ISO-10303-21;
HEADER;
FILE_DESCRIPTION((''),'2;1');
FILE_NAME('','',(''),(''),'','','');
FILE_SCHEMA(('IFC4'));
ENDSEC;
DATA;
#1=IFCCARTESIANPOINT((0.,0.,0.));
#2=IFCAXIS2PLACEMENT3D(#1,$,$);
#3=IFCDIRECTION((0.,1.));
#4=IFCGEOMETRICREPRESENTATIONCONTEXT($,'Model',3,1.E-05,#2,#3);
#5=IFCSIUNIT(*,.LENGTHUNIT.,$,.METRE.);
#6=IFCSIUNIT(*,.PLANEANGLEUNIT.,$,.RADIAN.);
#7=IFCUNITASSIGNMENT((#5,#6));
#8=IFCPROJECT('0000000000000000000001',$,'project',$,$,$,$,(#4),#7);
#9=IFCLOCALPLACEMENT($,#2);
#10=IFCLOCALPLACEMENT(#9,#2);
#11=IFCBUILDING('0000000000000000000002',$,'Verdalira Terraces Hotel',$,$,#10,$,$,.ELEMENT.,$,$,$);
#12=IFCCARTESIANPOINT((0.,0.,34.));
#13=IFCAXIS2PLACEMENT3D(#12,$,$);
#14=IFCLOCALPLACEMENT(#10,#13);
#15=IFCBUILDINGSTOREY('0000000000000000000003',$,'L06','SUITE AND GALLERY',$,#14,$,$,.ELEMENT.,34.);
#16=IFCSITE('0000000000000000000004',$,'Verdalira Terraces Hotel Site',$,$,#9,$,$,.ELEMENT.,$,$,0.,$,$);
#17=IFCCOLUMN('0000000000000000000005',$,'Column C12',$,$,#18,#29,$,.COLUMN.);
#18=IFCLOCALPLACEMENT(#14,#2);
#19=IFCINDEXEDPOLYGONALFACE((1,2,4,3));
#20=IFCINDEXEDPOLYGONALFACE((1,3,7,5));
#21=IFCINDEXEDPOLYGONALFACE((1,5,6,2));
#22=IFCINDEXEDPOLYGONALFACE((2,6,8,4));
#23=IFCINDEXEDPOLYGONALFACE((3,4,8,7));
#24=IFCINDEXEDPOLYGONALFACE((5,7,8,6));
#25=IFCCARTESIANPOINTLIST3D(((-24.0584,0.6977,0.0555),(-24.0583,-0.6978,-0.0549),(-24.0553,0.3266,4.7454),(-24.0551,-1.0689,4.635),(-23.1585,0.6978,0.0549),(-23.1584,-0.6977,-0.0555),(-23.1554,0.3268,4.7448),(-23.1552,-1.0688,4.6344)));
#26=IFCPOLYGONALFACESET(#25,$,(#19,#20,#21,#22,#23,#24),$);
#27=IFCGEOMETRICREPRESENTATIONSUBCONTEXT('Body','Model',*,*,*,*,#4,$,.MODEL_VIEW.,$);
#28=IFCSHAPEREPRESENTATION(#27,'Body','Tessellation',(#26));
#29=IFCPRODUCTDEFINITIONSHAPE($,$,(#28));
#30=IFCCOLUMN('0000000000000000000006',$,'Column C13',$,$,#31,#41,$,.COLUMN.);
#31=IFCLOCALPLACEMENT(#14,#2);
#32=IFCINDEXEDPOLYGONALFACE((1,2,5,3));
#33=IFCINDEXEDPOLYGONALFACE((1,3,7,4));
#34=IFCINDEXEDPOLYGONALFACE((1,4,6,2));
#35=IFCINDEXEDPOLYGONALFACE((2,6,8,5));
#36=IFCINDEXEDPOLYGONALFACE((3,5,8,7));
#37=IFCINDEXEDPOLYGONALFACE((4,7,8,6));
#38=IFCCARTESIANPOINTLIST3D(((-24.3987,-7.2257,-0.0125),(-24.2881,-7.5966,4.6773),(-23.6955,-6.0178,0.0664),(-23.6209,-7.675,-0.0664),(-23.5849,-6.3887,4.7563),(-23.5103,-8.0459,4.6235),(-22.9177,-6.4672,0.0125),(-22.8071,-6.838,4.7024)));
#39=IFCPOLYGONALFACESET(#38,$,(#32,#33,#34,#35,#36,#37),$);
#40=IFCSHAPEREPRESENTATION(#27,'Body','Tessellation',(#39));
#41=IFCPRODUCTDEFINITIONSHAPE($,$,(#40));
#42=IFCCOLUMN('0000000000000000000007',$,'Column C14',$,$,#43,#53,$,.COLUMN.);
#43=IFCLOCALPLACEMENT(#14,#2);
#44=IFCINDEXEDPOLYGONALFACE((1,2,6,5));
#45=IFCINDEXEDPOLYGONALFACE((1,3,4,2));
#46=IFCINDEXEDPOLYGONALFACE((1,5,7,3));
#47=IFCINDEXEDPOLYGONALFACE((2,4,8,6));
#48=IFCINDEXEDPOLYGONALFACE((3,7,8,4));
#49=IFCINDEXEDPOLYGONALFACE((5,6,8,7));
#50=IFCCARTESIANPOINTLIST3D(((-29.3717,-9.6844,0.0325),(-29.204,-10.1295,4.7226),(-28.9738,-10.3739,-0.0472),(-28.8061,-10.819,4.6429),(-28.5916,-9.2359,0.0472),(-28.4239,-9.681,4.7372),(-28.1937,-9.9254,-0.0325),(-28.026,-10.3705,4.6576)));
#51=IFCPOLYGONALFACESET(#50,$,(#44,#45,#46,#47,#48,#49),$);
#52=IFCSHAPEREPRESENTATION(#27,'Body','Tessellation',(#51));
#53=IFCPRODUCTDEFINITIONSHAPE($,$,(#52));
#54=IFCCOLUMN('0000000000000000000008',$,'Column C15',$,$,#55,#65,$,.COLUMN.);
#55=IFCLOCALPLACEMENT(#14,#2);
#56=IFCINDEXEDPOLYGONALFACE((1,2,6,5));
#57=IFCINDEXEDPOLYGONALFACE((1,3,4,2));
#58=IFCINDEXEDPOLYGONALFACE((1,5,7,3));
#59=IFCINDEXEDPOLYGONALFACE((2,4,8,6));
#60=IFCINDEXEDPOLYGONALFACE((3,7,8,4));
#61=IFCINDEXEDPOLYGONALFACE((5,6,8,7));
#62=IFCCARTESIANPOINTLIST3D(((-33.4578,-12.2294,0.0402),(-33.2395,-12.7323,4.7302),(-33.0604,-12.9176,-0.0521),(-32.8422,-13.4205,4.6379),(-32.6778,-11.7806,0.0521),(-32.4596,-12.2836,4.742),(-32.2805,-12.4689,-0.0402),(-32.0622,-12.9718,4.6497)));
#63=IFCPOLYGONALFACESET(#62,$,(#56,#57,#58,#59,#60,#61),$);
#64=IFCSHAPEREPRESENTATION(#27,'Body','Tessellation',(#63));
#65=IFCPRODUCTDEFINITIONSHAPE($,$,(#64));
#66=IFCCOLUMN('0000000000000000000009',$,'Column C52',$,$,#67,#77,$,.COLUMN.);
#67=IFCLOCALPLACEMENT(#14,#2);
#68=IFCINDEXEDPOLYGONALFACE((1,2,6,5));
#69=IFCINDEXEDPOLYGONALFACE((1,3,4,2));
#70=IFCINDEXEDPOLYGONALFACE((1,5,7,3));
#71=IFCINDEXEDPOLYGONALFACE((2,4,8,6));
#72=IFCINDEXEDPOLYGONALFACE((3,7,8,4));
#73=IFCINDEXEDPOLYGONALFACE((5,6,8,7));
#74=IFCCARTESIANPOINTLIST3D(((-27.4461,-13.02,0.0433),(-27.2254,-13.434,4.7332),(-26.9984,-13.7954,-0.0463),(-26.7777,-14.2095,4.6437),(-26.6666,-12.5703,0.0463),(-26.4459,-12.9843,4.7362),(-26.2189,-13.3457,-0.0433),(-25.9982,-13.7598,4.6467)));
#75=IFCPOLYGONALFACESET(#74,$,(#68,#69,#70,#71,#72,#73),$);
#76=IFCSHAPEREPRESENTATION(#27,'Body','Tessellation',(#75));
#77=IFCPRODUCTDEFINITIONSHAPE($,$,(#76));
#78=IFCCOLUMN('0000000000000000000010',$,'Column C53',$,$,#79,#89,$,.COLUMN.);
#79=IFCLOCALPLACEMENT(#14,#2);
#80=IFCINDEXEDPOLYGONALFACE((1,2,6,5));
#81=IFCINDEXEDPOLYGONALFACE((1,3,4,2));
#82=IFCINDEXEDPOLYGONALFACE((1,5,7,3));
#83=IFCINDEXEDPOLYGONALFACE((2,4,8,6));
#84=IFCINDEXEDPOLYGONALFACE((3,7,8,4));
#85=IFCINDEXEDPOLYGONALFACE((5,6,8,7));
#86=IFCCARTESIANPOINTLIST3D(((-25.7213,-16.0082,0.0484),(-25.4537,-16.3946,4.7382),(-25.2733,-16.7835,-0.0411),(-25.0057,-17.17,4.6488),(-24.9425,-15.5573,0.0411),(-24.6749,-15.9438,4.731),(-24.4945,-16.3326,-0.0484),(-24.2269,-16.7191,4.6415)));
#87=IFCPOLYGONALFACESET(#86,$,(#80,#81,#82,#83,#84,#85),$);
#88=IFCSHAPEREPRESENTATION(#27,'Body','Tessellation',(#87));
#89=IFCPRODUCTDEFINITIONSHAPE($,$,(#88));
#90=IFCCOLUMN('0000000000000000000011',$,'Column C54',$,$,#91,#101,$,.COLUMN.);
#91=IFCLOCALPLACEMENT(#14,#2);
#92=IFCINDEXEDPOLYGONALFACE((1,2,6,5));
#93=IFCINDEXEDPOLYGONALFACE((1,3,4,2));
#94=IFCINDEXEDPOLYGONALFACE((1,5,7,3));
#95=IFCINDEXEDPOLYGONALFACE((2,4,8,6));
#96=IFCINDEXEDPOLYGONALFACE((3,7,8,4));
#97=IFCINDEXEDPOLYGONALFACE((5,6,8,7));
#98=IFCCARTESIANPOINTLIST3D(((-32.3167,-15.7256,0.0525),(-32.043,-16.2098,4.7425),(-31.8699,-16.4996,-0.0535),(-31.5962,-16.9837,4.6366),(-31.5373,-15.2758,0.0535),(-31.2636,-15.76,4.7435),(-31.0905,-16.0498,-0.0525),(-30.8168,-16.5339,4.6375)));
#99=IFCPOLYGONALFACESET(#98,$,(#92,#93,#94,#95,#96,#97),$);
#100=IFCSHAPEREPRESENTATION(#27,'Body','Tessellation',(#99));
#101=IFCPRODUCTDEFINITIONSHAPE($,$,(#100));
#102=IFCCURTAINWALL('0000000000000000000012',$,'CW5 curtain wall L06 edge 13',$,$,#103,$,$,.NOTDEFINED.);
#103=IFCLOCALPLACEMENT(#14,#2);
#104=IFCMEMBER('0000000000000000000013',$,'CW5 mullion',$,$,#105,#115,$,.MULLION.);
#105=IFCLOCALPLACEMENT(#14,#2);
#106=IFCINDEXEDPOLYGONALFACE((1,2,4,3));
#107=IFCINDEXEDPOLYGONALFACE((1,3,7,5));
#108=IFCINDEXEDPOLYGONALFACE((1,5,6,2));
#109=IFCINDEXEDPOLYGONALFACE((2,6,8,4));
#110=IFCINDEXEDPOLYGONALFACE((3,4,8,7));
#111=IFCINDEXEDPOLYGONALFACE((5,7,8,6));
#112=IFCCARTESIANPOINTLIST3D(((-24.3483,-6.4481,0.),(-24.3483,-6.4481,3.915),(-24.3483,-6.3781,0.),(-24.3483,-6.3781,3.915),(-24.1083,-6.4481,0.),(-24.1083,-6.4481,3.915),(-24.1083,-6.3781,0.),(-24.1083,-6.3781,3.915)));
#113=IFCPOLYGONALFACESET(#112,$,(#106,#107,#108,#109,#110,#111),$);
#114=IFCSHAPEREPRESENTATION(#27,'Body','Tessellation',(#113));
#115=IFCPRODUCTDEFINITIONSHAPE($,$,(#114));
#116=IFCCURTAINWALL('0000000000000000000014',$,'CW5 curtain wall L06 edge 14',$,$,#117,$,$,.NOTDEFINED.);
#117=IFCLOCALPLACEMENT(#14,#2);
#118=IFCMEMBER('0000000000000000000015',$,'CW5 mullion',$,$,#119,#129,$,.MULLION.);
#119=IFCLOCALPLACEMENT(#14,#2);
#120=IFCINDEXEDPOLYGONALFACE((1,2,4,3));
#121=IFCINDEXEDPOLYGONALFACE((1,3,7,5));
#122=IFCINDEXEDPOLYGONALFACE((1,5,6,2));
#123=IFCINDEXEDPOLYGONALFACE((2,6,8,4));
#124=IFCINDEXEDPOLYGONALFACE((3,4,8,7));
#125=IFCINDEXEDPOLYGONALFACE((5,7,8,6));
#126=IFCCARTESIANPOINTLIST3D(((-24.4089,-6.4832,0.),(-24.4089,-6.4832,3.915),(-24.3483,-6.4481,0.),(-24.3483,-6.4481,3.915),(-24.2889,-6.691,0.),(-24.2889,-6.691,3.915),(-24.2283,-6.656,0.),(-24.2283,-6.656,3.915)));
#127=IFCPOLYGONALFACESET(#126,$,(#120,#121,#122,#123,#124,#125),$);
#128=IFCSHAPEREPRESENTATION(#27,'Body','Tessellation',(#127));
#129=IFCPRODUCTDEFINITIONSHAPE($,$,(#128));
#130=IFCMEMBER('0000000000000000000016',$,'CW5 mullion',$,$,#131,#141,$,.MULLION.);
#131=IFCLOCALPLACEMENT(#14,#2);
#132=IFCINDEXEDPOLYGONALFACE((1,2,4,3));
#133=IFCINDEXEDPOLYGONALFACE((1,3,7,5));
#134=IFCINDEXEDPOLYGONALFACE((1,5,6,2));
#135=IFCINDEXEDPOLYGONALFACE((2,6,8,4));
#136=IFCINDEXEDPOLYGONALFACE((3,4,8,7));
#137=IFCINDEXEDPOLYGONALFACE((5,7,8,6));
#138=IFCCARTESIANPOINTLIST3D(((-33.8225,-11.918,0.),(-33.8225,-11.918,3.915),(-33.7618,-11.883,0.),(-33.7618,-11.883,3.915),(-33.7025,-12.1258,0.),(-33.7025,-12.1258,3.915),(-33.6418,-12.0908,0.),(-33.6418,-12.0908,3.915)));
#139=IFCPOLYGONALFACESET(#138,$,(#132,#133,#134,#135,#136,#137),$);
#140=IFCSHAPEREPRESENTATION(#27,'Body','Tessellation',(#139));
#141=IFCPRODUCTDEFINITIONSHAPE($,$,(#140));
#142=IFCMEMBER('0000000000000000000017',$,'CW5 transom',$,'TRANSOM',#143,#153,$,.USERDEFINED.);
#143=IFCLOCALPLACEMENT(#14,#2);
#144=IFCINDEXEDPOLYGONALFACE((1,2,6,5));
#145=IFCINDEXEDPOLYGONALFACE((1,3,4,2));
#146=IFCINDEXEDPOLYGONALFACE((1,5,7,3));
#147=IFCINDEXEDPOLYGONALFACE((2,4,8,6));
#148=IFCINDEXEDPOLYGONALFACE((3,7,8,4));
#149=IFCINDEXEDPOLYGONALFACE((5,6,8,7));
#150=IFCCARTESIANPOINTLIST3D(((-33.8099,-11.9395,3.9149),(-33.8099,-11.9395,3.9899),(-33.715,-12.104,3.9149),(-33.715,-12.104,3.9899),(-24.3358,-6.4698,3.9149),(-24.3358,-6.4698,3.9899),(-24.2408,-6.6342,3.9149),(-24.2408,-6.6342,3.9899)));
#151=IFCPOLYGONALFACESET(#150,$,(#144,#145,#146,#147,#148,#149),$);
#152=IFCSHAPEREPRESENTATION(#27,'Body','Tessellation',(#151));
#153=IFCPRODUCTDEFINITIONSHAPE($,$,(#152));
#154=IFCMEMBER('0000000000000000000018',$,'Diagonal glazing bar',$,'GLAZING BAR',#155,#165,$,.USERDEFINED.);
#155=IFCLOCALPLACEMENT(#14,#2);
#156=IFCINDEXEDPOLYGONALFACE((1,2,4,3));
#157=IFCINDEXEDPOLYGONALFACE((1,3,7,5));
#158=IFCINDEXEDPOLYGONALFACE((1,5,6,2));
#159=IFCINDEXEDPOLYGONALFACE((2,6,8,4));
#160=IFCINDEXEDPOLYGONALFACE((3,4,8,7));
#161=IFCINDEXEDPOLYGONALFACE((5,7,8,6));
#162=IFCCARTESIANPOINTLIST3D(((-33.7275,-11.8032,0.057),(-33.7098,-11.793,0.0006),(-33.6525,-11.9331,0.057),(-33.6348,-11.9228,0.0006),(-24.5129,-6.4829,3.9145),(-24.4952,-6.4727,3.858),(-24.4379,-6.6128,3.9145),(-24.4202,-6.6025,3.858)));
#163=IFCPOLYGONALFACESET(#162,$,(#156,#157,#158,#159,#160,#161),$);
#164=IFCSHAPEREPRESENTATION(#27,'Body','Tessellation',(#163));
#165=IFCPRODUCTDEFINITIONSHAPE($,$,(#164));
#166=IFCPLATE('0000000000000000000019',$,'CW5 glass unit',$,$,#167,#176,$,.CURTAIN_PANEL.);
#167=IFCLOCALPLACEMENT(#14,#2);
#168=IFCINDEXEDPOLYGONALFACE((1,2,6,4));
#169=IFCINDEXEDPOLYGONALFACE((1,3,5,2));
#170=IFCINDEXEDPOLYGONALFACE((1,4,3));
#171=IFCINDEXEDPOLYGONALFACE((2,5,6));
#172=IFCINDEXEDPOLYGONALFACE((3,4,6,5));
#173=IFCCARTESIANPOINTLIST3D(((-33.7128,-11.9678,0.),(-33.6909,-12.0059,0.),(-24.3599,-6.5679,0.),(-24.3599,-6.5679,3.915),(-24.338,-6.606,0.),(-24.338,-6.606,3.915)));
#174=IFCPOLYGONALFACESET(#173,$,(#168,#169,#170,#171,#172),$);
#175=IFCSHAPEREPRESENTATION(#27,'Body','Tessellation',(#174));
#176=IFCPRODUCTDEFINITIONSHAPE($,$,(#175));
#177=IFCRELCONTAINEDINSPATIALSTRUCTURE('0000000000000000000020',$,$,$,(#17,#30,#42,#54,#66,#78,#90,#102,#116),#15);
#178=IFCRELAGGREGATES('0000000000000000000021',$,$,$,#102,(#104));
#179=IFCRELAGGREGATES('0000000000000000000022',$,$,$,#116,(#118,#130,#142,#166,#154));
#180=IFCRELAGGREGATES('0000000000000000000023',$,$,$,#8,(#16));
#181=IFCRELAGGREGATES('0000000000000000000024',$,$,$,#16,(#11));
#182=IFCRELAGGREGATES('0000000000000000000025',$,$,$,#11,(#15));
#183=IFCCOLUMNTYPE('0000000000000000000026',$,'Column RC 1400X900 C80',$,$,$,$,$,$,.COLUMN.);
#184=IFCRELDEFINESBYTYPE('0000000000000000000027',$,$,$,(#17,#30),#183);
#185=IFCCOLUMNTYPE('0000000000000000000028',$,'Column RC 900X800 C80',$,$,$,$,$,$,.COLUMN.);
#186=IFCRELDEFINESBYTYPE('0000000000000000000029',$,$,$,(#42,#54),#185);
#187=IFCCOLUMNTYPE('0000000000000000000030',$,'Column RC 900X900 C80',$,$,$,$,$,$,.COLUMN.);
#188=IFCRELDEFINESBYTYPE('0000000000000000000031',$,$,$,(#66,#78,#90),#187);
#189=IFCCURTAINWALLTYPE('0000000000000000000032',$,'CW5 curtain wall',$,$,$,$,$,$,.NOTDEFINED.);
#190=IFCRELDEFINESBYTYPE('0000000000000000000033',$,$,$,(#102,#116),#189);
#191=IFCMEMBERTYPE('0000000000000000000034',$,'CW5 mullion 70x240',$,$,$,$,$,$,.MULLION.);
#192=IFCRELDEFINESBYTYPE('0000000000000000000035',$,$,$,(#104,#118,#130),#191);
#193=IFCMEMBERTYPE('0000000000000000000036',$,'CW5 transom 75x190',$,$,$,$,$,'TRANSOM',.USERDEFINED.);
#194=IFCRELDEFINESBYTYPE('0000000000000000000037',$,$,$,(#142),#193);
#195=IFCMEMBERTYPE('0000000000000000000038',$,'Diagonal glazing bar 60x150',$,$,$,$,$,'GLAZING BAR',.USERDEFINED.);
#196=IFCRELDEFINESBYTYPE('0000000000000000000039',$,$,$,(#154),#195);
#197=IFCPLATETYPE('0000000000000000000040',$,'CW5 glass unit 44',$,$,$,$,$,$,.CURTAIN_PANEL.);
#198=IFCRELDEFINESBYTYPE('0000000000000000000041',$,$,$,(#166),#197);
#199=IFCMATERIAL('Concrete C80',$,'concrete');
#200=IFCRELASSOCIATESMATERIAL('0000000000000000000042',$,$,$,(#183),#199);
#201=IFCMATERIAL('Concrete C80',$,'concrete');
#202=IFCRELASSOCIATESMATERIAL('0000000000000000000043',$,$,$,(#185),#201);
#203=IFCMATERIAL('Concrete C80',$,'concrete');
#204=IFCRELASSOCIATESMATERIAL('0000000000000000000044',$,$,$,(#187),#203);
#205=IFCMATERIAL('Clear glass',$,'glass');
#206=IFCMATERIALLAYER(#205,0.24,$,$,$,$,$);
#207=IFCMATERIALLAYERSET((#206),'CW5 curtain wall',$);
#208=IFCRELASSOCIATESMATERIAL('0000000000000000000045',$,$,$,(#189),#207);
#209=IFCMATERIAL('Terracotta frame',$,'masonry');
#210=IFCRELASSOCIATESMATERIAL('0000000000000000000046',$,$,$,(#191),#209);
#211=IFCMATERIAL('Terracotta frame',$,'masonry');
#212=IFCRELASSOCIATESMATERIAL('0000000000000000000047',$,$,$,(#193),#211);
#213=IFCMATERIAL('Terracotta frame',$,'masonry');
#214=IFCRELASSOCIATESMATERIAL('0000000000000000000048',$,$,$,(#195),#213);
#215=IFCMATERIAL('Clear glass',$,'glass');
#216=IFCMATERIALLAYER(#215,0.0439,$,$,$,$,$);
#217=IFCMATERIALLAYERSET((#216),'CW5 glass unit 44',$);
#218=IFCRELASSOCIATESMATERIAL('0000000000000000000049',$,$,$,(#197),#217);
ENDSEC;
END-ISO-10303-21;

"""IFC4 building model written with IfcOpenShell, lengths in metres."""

from ifc_helpers import new_model, si_unit, direction, frame, origin, origin_2d, place, context, subcontext, project, spatial, polyline, rectangle, outline, extrude, material, layer, layer_set, material_profile, profile_set, type_object, element, aggregate, save


model = new_model("IFC4")

# Units and contexts
model_context = context("Model", 3, precision=1e-05, world=origin(), true_north=direction((0.0, 1.0)))
body_context = subcontext(model_context, "Body", "Model", "MODEL_VIEW")
ifc_project = project(units=[si_unit("LENGTHUNIT", "METRE"), si_unit("PLANEANGLEUNIT", "RADIAN")], contexts=[model_context])

# Site, building, storey
site_placement = place(None, origin())
site = spatial("IfcSite", under=ifc_project, at=site_placement, Name="Verdalira Terraces Hotel Site", CompositionType="ELEMENT", RefElevation=0.0)
building_placement = place(site_placement, origin())
building = spatial("IfcBuilding", under=site, at=building_placement, Name="Verdalira Terraces Hotel", CompositionType="ELEMENT")
storey_placement = place(building_placement, frame((0.0, 0.0, 34.0)))
storey = spatial("IfcBuildingStorey", under=building, at=storey_placement, Name="L06", Description="SUITE AND GALLERY", CompositionType="ELEMENT", Elevation=34.0)

# Columns
ifc_material_1 = material(Name="Concrete C80", Category="concrete")
ifc_material_profile_1 = material_profile(ifc_material_1, rectangle(XDim=1.3999, YDim=0.8999, at=origin_2d()), Name="RC 1400X900")
ifc_profile_set_1 = profile_set([ifc_material_profile_1], Name="Concrete C80")
column_type_1 = type_object("IfcColumnType", Name="Column RC 1400X900 C80", PredefinedType="COLUMN", material=ifc_profile_set_1)
column_1_placement = place(storey_placement, frame((-23.6084, 0.0, 0.0), z_axis=(0.000675, -0.078879, 0.996884), x_axis=(0.000122, -0.996884, -0.078879)))
element("IfcColumn", 1, at=column_1_placement, inside=storey, type_object=column_type_1, Name="Column C12", PredefinedType="COLUMN", context=body_context, shape_type="SweptSolid", body=[
    extrude(rectangle(XDim=1.3999, YDim=0.8999, at=origin_2d()), origin(), (0.0, 0.0, 1.0), 4.7046),
])
column_2_placement = place(storey_placement, frame((-23.6582, -6.8464, 0.0), z_axis=(0.023502, -0.078806, 0.996613), x_axis=(0.502341, 0.862829, 0.056381)))
element("IfcColumn", 2, at=column_2_placement, inside=storey, type_object=column_type_1, Name="Column C13", PredefinedType="COLUMN", context=body_context, shape_type="SweptSolid", body=[
    extrude(rectangle(XDim=1.3999, YDim=0.8999, at=origin_2d()), origin(), (0.0, 0.0, 1.0), 4.7058),
])
ifc_material_2 = material(Name="Concrete C80", Category="concrete")
ifc_material_profile_2 = material_profile(ifc_material_2, rectangle(XDim=0.8999, YDim=0.8, at=origin_2d()), Name="RC 900X800")
ifc_profile_set_2 = profile_set([ifc_material_profile_2], Name="Concrete C80")
column_type_2 = type_object("IfcColumnType", Name="Column RC 900X800 C80", PredefinedType="COLUMN", material=ifc_profile_set_2)
column_3_placement = place(storey_placement, frame((-28.7827, -9.8049, 0.0), z_axis=(0.03558, -0.094414, 0.994897), x_axis=(-0.866823, -0.49835, -0.016293)))
element("IfcColumn", 3, at=column_3_placement, inside=storey, type_object=column_type_2, Name="Column C14", PredefinedType="COLUMN", context=body_context, shape_type="SweptSolid", body=[
    extrude(rectangle(XDim=0.8999, YDim=0.8, at=origin_2d()), origin(), (0.0, 0.0, 1.0), 4.7141),
])
column_4_placement = place(storey_placement, frame((-32.8691, -12.3491, 0.0), z_axis=(0.046224, -0.106511, 0.993237), x_axis=(-0.866716, -0.498628, -0.013135)))
element("IfcColumn", 4, at=column_4_placement, inside=storey, type_object=column_type_2, Name="Column C15", PredefinedType="COLUMN", context=body_context, shape_type="SweptSolid", body=[
    extrude(rectangle(XDim=0.8999, YDim=0.8, at=origin_2d()), origin(), (0.0, 0.0, 1.0), 4.7219),
])
ifc_material_3 = material(Name="Concrete C80", Category="concrete")
ifc_material_profile_3 = material_profile(ifc_material_3, rectangle(XDim=0.8999, YDim=0.8999, at=origin_2d()), Name="RC 900X900")
ifc_profile_set_3 = profile_set([ifc_material_profile_3], Name="Concrete C80")
column_type_3 = type_object("IfcColumnType", Name="Column RC 900X900 C80", PredefinedType="COLUMN", material=ifc_profile_set_3)
for number, where, z_axis, x_axis, name in (
    (5, (-26.8325, -13.1829, 0.0), (0.046825, -0.087849, 0.995033), (-0.866184, -0.499714, -0.003357), "Column C52"),
    (6, (-25.1079, -16.1704, 0.0), (0.056769, -0.081994, 0.995015), (-0.865411, -0.500998, 0.00809), "Column C53"),
):
    element("IfcColumn", number, at=place(storey_placement, frame(where, z_axis=z_axis, x_axis=x_axis)), inside=storey, type_object=column_type_3, Name=name, PredefinedType="COLUMN", context=body_context, shape_type="SweptSolid", body=[
        extrude(rectangle(XDim=0.8999, YDim=0.8999, at=origin_2d()), origin(), (0.0, 0.0, 1.0), 4.7134),
    ])
column_5_placement = place(storey_placement, frame((-31.7036, -15.8877, 0.0), z_axis=(0.057949, -0.102509, 0.993043), x_axis=(-0.866107, -0.499858, -0.001057)))
element("IfcColumn", 7, at=column_5_placement, inside=storey, type_object=column_type_3, Name="Column C54", PredefinedType="COLUMN", context=body_context, shape_type="SweptSolid", body=[
    extrude(rectangle(XDim=0.8999, YDim=0.8999, at=origin_2d()), origin(), (0.0, 0.0, 1.0), 4.7229),
])

# Curtain wall, member
ifc_material_4 = material(Name="Clear glass", Category="glass")
ifc_layer_1 = layer(ifc_material_4, 0.24)
ifc_layer_set_1 = layer_set([ifc_layer_1], Name="CW5 curtain wall")
curtain_wall_type = type_object("IfcCurtainWallType", Name="CW5 curtain wall", PredefinedType="NOTDEFINED", material=ifc_layer_set_1)
curtain_wall_1_placement = place(storey_placement, origin())
curtain_wall_1 = element("IfcCurtainWall", 8, at=curtain_wall_1_placement, inside=storey, type_object=curtain_wall_type, Name="CW5 curtain wall L06 edge 13", PredefinedType="NOTDEFINED")
ifc_material_5 = material(Name="Terracotta frame", Category="masonry")
ifc_material_profile_4 = material_profile(ifc_material_5, rectangle(XDim=0.0701, YDim=0.24, at=origin_2d()), Name="MU 70x240")
ifc_profile_set_4 = profile_set([ifc_material_profile_4], Name="Terracotta frame")
member_type_1 = type_object("IfcMemberType", Name="CW5 mullion 70x240", PredefinedType="MULLION", material=ifc_profile_set_4)
member_1_placement = place(storey_placement, frame((-24.2283, -6.4131, 0.0), z_axis=(0.0, 0.0, 1.0), x_axis=(0.0, -1.0, 0.0)))
member_1 = element("IfcMember", 9, at=member_1_placement, type_object=member_type_1, Name="CW5 mullion", PredefinedType="MULLION", context=body_context, shape_type="SweptSolid", body=[
    extrude(rectangle(XDim=0.0701, YDim=0.24, at=origin_2d()), origin(), (0.0, 0.0, 1.0), 3.915),
])
aggregate(curtain_wall_1, [member_1])

# Curtain wall, members, plate
curtain_wall_2_placement = place(storey_placement, origin())
curtain_wall_2 = element("IfcCurtainWall", 10, at=curtain_wall_2_placement, inside=storey, type_object=curtain_wall_type, Name="CW5 curtain wall L06 edge 14", PredefinedType="NOTDEFINED")
member_2_placement = place(storey_placement, frame((-24.3186, -6.5696, 0.0), z_axis=(0.0, 0.0, 1.0), x_axis=(-0.866025, -0.5, 0.0)))
member_2 = element("IfcMember", 11, at=member_2_placement, type_object=member_type_1, Name="CW5 mullion", PredefinedType="MULLION", context=body_context, shape_type="SweptSolid", body=[
    extrude(rectangle(XDim=0.0701, YDim=0.24, at=origin_2d()), origin(), (0.0, 0.0, 1.0), 3.915),
])
member_3_placement = place(storey_placement, frame((-33.7322, -12.0044, 0.0), z_axis=(0.0, 0.0, 1.0), x_axis=(-0.866025, -0.5, 0.0)))
member_3 = element("IfcMember", 12, at=member_3_placement, type_object=member_type_1, Name="CW5 mullion", PredefinedType="MULLION", context=body_context, shape_type="SweptSolid", body=[
    extrude(rectangle(XDim=0.0701, YDim=0.24, at=origin_2d()), origin(), (0.0, 0.0, 1.0), 3.915),
])
ifc_material_6 = material(Name="Terracotta frame", Category="masonry")
ifc_material_profile_5 = material_profile(ifc_material_6, rectangle(XDim=0.1899, YDim=0.075, at=origin_2d()), Name="TR 75x190")
ifc_profile_set_5 = profile_set([ifc_material_profile_5], Name="Terracotta frame")
member_type_2 = type_object("IfcMemberType", Name="CW5 transom 75x190", ElementType="TRANSOM", PredefinedType="USERDEFINED", material=ifc_profile_set_5)
member_4_placement = place(storey_placement, frame((-24.2883, -6.552, 3.9524), z_axis=(-0.866032, -0.499989, 0.0), x_axis=(0.499989, -0.866032, 0.0)))
member_4 = element("IfcMember", 13, at=member_4_placement, type_object=member_type_2, Name="CW5 transom", ObjectType="TRANSOM", PredefinedType="USERDEFINED", context=body_context, shape_type="SweptSolid", body=[
    extrude(rectangle(XDim=0.1899, YDim=0.075, at=origin_2d()), origin(), (0.0, 0.0, 1.0), 10.9397),
])
ifc_material_7 = material(Name="Terracotta frame", Category="masonry")
ifc_material_profile_6 = material_profile(ifc_material_7, rectangle(XDim=0.1499, YDim=0.0601, at=origin_2d()), Name="GB 60x150")
ifc_profile_set_6 = profile_set([ifc_material_profile_6], Name="Terracotta frame")
member_type_3 = type_object("IfcMemberType", Name="Diagonal glazing bar 60x150", ElementType="GLAZING BAR", PredefinedType="USERDEFINED", material=ifc_profile_set_6)
member_5_placement = place(storey_placement, frame((-24.4666, -6.5427, 3.8862), z_axis=(-0.814163, -0.470081, -0.340826), x_axis=(0.500018, -0.866015, 0.0)))
member_5 = element("IfcMember", 14, at=member_5_placement, type_object=member_type_3, Name="Diagonal glazing bar", ObjectType="GLAZING BAR", PredefinedType="USERDEFINED", context=body_context, shape_type="SweptSolid", body=[
    extrude(rectangle(XDim=0.1499, YDim=0.0601, at=origin_2d()), origin(), (0.0, 0.0, 1.0), 11.3179),
])
ifc_material_8 = material(Name="Clear glass", Category="glass")
ifc_layer_2 = layer(ifc_material_8, 0.0439)
ifc_layer_set_2 = layer_set([ifc_layer_2], Name="CW5 glass unit 44")
plate_type = type_object("IfcPlateType", Name="CW5 glass unit 44", PredefinedType="CURTAIN_PANEL", material=ifc_layer_set_2)
plate_1_placement = place(storey_placement, frame((-29.0144, -9.3059, 1.9575), z_axis=(-0.5, 0.866025, 0.0), x_axis=(-0.866025, -0.5, 0.0)))
plate_1 = element("IfcPlate", 15, at=plate_1_placement, type_object=plate_type, Name="CW5 glass unit", PredefinedType="CURTAIN_PANEL", context=body_context, shape_type="SweptSolid", body=[
    extrude(outline(polyline([(-5.3999, -1.9575), (5.3999, -1.9575), (-5.3999, 1.9575), (-5.3999, -1.9575)])), origin(), (0.0, 0.0, 1.0), 0.0439),
])
aggregate(curtain_wall_2, [member_2, member_3, member_4, plate_1, member_5])

save(model, "model.ifc")
